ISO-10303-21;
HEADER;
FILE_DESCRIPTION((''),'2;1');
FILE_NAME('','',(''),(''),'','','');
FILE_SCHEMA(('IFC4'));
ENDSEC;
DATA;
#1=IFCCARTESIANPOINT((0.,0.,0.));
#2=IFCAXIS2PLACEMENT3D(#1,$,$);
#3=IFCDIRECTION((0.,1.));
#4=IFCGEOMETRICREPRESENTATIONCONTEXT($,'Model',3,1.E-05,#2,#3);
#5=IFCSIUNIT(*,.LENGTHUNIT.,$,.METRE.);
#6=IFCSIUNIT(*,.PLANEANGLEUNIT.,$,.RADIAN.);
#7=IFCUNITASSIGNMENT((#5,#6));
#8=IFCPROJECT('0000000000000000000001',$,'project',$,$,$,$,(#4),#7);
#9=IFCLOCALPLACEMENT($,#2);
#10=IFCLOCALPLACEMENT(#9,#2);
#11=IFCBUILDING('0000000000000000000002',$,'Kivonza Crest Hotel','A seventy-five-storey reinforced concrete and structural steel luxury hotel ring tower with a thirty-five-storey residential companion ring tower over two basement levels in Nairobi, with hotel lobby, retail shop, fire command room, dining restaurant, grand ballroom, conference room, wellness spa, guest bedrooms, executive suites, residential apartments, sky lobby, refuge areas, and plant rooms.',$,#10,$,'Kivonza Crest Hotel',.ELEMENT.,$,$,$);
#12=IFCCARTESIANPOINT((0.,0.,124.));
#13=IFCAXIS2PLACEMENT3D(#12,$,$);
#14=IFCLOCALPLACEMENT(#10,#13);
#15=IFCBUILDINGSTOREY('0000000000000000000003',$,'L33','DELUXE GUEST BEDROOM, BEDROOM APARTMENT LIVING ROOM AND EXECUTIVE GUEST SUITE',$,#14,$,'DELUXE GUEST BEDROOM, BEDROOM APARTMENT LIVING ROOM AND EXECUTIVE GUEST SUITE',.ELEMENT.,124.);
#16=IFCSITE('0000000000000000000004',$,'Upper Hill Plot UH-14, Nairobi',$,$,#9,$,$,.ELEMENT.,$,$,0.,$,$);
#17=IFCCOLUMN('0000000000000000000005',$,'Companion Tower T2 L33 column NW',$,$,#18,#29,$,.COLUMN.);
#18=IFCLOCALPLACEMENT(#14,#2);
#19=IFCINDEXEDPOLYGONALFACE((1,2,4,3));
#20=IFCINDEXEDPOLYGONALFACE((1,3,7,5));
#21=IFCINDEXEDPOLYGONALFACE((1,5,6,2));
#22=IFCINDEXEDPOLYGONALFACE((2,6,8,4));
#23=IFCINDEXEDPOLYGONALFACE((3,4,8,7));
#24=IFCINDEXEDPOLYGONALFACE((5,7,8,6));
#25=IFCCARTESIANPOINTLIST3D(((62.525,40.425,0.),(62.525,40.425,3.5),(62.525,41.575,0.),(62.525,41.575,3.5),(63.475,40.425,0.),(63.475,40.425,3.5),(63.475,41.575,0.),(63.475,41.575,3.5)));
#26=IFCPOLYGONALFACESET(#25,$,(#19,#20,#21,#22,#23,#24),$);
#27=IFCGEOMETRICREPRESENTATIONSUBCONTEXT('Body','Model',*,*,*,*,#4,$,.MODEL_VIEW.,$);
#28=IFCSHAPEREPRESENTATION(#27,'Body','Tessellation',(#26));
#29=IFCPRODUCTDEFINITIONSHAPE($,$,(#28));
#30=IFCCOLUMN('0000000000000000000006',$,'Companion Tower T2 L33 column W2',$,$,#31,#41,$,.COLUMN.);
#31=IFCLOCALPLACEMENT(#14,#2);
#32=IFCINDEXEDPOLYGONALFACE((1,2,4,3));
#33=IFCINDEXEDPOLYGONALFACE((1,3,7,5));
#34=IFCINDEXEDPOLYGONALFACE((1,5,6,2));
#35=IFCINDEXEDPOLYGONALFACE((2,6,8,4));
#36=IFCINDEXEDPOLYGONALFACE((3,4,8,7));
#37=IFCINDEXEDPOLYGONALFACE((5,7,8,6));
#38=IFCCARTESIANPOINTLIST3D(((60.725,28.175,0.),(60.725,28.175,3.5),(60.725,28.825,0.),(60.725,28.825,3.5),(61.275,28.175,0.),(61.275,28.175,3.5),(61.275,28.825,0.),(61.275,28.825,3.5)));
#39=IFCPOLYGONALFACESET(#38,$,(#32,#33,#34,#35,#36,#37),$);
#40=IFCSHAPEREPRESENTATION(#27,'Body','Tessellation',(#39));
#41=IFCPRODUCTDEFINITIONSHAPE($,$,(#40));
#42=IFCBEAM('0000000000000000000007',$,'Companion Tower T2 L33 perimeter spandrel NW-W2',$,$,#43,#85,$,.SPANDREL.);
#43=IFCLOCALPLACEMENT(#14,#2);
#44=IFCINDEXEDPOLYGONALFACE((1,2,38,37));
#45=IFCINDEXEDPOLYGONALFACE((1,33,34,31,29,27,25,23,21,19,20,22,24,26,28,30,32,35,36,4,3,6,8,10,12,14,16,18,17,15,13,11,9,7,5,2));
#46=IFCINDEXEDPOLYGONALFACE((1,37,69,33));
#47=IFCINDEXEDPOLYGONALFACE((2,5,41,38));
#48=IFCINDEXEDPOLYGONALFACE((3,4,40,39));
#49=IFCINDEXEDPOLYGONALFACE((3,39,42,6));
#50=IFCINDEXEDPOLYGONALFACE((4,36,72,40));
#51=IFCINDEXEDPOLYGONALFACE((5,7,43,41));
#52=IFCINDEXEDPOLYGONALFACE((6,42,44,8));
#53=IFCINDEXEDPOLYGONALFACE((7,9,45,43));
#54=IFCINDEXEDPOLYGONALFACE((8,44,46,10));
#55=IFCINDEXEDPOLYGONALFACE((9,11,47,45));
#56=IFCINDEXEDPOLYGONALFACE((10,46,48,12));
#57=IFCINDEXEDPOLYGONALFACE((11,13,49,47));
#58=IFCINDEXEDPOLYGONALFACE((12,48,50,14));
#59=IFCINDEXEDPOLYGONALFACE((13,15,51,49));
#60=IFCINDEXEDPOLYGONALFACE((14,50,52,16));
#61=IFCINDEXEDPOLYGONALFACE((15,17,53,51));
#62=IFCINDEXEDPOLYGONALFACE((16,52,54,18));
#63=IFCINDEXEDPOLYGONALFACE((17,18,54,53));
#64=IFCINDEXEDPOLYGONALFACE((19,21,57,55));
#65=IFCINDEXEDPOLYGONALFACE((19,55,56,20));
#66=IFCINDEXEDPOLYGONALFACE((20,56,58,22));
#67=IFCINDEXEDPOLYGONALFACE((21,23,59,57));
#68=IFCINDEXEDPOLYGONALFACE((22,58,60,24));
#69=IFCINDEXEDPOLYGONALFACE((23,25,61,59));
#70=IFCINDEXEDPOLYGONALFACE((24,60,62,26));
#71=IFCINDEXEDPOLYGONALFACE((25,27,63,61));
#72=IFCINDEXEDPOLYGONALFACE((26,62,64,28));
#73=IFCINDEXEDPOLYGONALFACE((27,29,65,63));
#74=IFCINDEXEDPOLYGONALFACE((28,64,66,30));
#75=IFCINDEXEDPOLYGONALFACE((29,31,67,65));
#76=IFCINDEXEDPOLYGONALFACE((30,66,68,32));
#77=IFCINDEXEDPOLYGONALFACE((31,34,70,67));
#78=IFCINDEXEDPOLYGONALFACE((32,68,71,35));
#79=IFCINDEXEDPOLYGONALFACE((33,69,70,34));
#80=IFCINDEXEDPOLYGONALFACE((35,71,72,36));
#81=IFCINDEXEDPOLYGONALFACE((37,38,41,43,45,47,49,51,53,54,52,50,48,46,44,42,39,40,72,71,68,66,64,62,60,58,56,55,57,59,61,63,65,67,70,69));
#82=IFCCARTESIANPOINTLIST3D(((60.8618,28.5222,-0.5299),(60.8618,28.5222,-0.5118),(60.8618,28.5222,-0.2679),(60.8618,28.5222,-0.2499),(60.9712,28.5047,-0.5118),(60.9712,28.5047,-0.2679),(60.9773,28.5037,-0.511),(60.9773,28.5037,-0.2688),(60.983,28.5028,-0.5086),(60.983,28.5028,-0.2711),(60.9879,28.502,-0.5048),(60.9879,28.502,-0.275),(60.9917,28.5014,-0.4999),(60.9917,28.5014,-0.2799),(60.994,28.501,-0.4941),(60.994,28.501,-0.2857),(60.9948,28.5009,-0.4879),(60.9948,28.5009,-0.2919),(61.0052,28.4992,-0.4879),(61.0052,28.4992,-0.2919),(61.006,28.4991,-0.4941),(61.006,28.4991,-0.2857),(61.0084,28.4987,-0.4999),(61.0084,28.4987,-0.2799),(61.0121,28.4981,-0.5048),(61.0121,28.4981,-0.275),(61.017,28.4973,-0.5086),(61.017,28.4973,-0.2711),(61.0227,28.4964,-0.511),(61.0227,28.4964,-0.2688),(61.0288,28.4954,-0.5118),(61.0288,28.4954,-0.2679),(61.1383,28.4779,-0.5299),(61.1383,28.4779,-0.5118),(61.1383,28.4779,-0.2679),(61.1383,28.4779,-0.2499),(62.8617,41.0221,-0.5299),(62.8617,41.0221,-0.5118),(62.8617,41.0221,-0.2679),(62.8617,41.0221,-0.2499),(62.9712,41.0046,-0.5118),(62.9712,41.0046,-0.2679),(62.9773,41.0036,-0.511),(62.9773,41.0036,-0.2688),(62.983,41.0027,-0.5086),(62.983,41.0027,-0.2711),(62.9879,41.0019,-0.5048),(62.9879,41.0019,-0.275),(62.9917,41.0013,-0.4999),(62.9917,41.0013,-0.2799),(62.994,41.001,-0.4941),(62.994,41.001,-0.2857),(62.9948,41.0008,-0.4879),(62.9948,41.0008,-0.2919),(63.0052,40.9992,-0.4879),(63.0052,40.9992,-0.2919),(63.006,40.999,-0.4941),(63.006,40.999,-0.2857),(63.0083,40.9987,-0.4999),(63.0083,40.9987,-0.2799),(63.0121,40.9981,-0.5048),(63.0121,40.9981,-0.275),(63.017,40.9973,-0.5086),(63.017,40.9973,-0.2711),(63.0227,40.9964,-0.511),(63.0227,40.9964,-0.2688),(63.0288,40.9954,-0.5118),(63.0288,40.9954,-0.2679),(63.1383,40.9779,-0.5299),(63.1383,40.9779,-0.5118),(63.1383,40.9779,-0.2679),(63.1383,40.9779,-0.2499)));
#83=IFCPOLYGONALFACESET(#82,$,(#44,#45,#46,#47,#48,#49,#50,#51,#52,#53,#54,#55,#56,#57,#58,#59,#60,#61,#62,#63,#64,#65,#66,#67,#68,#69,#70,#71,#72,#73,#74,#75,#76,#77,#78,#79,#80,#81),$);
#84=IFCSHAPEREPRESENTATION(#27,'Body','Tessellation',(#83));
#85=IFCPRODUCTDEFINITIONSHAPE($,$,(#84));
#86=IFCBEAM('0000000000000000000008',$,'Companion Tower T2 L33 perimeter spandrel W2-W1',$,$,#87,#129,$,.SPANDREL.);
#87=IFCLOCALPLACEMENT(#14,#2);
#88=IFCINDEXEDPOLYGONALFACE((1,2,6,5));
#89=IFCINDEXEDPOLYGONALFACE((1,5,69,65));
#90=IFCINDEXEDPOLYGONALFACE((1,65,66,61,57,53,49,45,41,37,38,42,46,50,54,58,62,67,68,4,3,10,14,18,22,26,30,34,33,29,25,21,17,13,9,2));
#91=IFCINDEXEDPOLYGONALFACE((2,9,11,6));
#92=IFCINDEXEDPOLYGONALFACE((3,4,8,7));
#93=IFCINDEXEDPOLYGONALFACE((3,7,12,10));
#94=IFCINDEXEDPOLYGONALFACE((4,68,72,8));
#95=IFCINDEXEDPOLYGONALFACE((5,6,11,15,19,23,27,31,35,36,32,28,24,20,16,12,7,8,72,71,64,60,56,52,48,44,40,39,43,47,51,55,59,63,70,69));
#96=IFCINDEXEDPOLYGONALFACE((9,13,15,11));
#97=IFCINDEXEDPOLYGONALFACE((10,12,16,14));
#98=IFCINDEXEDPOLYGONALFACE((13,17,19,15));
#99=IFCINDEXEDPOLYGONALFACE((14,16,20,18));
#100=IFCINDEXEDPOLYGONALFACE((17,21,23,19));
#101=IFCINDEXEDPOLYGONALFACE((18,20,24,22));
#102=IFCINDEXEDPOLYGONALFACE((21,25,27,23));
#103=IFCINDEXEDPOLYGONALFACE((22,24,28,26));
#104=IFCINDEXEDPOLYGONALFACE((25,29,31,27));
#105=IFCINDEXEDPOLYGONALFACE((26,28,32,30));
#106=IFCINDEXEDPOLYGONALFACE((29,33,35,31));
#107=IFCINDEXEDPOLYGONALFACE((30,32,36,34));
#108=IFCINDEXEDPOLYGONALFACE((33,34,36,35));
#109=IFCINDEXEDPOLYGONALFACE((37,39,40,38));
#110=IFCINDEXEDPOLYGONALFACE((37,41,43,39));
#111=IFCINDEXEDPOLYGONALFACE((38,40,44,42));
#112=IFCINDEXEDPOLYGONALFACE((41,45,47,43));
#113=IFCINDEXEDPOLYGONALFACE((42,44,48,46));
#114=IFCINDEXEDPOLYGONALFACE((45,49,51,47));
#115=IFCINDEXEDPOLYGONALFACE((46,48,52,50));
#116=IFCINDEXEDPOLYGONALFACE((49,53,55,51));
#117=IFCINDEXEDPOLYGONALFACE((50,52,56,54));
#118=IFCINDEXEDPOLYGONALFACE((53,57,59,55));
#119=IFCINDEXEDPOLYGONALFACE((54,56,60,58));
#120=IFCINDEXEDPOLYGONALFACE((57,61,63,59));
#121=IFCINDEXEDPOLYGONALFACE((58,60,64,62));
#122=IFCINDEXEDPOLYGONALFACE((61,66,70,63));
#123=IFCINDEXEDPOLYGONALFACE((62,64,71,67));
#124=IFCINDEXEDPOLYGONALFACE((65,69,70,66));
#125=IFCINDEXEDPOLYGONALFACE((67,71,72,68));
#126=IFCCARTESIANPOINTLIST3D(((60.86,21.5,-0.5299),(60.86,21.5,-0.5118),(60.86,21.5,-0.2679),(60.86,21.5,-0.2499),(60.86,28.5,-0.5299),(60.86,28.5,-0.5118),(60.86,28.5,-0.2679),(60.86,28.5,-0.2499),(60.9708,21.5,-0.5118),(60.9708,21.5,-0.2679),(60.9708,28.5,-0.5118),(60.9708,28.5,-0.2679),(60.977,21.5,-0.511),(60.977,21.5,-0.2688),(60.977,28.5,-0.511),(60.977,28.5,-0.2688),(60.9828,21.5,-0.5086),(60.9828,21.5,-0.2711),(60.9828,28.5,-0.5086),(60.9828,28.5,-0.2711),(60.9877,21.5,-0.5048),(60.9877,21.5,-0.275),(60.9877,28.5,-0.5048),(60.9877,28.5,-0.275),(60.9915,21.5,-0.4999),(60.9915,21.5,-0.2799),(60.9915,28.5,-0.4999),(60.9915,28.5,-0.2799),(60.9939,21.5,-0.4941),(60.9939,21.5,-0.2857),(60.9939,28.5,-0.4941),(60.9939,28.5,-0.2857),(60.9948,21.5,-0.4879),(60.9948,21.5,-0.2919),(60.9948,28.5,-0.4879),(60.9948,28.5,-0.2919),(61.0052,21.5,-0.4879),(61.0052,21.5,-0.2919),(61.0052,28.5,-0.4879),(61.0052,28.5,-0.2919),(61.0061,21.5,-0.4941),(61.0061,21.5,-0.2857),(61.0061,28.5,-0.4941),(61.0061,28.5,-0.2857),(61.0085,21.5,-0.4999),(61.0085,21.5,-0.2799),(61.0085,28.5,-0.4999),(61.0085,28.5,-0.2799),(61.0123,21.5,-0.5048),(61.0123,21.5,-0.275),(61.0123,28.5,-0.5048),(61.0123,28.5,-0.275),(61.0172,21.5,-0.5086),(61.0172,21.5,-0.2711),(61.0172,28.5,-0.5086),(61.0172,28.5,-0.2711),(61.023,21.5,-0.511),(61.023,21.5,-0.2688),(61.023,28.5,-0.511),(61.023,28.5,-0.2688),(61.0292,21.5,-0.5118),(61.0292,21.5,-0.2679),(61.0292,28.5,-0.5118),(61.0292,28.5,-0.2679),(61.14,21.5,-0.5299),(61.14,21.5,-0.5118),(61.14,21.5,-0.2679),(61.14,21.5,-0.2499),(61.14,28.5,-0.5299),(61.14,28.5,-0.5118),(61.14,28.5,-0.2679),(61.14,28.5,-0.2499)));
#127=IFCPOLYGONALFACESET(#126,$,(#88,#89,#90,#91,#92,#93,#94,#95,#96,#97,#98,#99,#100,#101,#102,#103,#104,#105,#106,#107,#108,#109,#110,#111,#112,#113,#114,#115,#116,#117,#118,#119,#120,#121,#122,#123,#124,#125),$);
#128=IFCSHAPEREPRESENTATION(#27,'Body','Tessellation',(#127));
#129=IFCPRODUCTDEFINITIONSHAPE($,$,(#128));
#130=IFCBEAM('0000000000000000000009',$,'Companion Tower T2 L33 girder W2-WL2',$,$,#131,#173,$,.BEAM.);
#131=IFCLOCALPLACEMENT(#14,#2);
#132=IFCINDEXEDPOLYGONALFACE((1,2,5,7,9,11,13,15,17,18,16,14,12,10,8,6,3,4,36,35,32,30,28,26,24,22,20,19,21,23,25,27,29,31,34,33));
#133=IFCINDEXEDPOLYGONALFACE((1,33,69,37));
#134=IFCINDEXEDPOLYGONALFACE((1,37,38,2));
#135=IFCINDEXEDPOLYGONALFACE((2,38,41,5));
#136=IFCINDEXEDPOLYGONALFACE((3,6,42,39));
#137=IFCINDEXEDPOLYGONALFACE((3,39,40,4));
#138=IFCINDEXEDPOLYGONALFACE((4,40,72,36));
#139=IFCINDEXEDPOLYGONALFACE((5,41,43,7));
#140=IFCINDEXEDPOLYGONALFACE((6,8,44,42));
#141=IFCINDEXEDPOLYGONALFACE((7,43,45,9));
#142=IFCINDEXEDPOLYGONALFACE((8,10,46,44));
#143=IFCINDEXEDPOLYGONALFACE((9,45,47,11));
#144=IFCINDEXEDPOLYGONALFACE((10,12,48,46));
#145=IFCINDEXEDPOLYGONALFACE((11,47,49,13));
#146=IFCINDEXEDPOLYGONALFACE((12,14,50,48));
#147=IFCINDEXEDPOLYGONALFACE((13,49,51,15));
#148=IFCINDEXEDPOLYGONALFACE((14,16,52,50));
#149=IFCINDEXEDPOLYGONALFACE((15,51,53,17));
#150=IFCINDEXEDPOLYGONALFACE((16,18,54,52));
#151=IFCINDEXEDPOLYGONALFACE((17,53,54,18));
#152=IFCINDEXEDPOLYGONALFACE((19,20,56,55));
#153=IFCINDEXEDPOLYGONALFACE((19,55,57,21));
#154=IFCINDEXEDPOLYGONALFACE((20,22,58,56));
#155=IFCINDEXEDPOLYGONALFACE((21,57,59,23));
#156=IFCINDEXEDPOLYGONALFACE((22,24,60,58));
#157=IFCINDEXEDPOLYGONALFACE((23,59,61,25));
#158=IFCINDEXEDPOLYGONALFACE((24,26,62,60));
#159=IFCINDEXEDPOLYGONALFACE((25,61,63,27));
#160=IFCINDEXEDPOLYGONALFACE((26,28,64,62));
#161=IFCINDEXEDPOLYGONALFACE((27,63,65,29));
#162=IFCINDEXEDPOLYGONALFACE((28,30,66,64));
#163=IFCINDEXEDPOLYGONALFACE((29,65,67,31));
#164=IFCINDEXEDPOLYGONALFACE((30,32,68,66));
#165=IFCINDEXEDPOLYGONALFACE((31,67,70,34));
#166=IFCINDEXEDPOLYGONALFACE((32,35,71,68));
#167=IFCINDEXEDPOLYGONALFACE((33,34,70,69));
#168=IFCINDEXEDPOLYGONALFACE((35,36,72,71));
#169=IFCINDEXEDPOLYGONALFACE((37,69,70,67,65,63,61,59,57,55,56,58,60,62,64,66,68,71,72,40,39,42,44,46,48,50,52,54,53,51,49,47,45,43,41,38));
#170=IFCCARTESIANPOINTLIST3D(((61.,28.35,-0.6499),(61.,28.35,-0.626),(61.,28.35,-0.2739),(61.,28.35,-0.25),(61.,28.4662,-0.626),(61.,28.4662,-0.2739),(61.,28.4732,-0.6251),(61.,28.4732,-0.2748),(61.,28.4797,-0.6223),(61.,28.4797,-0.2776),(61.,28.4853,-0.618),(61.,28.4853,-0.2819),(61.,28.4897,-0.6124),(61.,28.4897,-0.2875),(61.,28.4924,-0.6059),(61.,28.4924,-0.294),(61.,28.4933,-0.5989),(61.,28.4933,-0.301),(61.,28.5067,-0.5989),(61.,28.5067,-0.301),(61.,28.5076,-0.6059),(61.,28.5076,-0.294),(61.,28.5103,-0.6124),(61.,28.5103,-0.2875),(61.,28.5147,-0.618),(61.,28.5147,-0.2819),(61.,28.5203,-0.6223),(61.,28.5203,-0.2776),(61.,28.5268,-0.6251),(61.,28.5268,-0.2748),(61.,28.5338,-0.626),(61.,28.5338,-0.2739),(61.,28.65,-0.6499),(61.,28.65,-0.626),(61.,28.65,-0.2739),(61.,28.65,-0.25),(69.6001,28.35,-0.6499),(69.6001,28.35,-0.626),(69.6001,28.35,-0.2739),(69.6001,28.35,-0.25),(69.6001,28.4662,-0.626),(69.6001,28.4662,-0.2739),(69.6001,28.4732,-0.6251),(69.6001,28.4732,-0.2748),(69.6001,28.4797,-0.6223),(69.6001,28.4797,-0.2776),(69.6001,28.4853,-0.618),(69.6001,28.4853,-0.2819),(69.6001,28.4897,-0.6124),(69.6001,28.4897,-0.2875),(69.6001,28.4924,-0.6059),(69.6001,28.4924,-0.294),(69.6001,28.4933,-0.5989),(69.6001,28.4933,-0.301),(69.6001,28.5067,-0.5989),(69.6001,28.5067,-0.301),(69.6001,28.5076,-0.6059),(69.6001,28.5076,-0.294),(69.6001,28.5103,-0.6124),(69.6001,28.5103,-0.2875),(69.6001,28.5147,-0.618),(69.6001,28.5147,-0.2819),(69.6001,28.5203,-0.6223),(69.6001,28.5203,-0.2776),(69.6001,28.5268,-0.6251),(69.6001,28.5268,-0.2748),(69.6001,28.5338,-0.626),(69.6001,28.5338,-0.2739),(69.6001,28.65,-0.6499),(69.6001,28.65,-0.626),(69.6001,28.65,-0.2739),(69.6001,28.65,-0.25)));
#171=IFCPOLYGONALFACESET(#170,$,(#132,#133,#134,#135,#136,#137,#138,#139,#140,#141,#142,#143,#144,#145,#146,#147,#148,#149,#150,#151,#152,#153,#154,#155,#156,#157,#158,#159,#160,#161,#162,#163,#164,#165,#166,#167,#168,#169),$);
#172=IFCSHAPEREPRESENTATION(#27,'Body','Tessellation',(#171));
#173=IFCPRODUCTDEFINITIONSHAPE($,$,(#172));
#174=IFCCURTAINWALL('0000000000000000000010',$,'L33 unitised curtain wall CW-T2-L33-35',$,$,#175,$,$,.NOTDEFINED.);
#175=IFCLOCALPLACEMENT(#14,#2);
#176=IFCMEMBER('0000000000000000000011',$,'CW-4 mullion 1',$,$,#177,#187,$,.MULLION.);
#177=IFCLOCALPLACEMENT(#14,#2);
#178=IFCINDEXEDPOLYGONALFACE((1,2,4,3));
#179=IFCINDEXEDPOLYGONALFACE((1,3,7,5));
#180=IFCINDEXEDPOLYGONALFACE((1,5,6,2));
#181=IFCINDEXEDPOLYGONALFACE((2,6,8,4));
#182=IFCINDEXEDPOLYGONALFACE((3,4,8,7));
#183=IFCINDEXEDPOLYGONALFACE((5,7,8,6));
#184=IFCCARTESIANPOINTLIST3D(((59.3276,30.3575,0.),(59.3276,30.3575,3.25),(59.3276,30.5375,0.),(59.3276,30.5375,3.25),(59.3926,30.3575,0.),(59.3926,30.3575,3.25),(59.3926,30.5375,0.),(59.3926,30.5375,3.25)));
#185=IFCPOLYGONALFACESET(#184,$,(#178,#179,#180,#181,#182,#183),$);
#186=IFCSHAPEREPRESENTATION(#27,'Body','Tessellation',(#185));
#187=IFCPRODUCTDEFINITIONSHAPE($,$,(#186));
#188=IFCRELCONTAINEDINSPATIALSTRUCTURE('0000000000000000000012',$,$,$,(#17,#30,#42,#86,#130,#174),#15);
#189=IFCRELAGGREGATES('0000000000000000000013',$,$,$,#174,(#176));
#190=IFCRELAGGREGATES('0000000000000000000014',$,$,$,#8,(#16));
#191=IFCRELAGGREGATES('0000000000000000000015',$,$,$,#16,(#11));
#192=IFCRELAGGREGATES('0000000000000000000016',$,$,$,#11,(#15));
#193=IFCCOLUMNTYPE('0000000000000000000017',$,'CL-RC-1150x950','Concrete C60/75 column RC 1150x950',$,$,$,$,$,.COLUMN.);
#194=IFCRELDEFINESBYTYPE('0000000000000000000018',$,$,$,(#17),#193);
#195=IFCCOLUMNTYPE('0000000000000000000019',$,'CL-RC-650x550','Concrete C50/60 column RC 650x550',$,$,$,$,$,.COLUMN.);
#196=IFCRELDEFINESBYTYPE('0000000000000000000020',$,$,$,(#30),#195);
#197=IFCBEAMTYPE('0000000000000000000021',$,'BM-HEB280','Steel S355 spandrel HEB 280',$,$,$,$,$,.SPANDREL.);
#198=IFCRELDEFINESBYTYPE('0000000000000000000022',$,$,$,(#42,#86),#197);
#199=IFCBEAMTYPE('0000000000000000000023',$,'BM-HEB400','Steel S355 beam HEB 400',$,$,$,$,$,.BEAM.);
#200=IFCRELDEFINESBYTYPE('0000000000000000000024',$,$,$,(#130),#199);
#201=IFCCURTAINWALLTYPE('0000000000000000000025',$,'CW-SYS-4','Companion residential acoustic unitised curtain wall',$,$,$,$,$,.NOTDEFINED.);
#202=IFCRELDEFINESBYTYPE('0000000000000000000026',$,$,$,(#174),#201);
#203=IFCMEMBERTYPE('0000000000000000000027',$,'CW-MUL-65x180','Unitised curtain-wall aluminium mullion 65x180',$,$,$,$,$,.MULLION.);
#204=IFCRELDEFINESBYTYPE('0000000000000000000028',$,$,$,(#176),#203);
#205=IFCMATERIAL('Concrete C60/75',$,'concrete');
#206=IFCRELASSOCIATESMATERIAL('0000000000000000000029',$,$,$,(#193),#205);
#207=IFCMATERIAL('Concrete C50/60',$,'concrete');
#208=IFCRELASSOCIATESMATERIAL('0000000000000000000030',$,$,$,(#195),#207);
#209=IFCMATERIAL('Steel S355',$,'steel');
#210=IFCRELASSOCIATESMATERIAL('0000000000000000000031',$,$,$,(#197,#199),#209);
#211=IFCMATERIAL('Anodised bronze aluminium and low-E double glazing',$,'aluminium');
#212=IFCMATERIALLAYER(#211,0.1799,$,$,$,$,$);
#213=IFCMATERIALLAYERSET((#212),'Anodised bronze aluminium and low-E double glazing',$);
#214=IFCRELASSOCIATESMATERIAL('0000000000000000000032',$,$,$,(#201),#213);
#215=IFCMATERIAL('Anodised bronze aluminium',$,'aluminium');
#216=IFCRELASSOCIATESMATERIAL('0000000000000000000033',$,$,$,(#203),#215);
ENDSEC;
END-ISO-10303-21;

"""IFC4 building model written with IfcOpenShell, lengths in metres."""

from ifc_helpers import new_model, si_unit, direction, frame, origin, origin_2d, place, context, subcontext, project, spatial, rectangle, i_section, extrude, material, layer, layer_set, material_profile, profile_set, type_object, element, aggregate, save


model = new_model("IFC4")

# Units and contexts
model_context = context("Model", 3, precision=1e-05, world=origin(), true_north=direction((0.0, 1.0)))
body_context = subcontext(model_context, "Body", "Model", "MODEL_VIEW")
ifc_project = project(units=[si_unit("LENGTHUNIT", "METRE"), si_unit("PLANEANGLEUNIT", "RADIAN")], contexts=[model_context])

# Site, building, storey
site_placement = place(None, origin())
site = spatial("IfcSite", under=ifc_project, at=site_placement, Name="Upper Hill Plot UH-14, Nairobi", CompositionType="ELEMENT", RefElevation=0.0)
building_placement = place(site_placement, origin())
building = spatial("IfcBuilding", under=site, at=building_placement, Name="Kivonza Crest Hotel", Description="A seventy-five-storey reinforced concrete and structural steel luxury hotel ring tower with a thirty-five-storey residential companion ring tower over two basement levels in Nairobi, with hotel lobby, retail shop, fire command room, dining restaurant, grand ballroom, conference room, wellness spa, guest bedrooms, executive suites, residential apartments, sky lobby, refuge areas, and plant rooms.", LongName="Kivonza Crest Hotel", CompositionType="ELEMENT")
storey_placement = place(building_placement, frame((0.0, 0.0, 124.0)))
storey = spatial("IfcBuildingStorey", under=building, at=storey_placement, Name="L33", Description="DELUXE GUEST BEDROOM, BEDROOM APARTMENT LIVING ROOM AND EXECUTIVE GUEST SUITE", LongName="DELUXE GUEST BEDROOM, BEDROOM APARTMENT LIVING ROOM AND EXECUTIVE GUEST SUITE", CompositionType="ELEMENT", Elevation=124.0)

# Columns
ifc_material_1 = material(Name="Concrete C60/75", Category="concrete")
ifc_material_profile_1 = material_profile(ifc_material_1, rectangle(XDim=0.95, YDim=1.1499, at=origin_2d()), Name="RC 1150x950")
ifc_profile_set_1 = profile_set([ifc_material_profile_1], Name="Concrete C60/75")
column_type_1 = type_object("IfcColumnType", Name="CL-RC-1150x950", Description="Concrete C60/75 column RC 1150x950", PredefinedType="COLUMN", material=ifc_profile_set_1)
column_1_placement = place(storey_placement, frame((63.0, 41.0, 0.0), z_axis=(0.0, 0.0, 1.0), x_axis=(1.0, 0.0, 0.0)))
element("IfcColumn", 1, at=column_1_placement, inside=storey, type_object=column_type_1, Name="Companion Tower T2 L33 column NW", PredefinedType="COLUMN", context=body_context, shape_type="SweptSolid", body=[
    extrude(rectangle(XDim=0.95, YDim=1.1499, at=origin_2d()), origin(), (0.0, 0.0, 1.0), 3.5),
])
ifc_material_2 = material(Name="Concrete C50/60", Category="concrete")
ifc_material_profile_2 = material_profile(ifc_material_2, rectangle(XDim=0.55, YDim=0.6499, at=origin_2d()), Name="RC 650x550")
ifc_profile_set_2 = profile_set([ifc_material_profile_2], Name="Concrete C50/60")
column_type_2 = type_object("IfcColumnType", Name="CL-RC-650x550", Description="Concrete C50/60 column RC 650x550", PredefinedType="COLUMN", material=ifc_profile_set_2)
column_2_placement = place(storey_placement, frame((61.0, 28.5, 0.0), z_axis=(0.0, 0.0, 1.0), x_axis=(1.0, 0.0, 0.0)))
element("IfcColumn", 2, at=column_2_placement, inside=storey, type_object=column_type_2, Name="Companion Tower T2 L33 column W2", PredefinedType="COLUMN", context=body_context, shape_type="SweptSolid", body=[
    extrude(rectangle(XDim=0.55, YDim=0.6499, at=origin_2d()), origin(), (0.0, 0.0, 1.0), 3.5),
])

# Beams
ifc_material_3 = material(Name="Steel S355", Category="steel")
ifc_material_profile_3 = material_profile(ifc_material_3, i_section(OverallWidth=0.28, OverallDepth=0.28, WebThickness=0.0105, FlangeThickness=0.0181, FilletRadius=0.0239, at=origin_2d()), Name="HEB 280")
ifc_profile_set_3 = profile_set([ifc_material_profile_3], Name="Steel S355")
beam_type_1 = type_object("IfcBeamType", Name="BM-HEB280", Description="Steel S355 spandrel HEB 280", PredefinedType="SPANDREL", material=ifc_profile_set_3)
beam_1_placement = place(storey_placement, frame((63.0, 41.0, -0.3899), z_axis=(-0.157991, -0.987441, 0.0), x_axis=(0.987441, -0.157991, 0.0)))
element("IfcBeam", 3, at=beam_1_placement, inside=storey, type_object=beam_type_1, Name="Companion Tower T2 L33 perimeter spandrel NW-W2", PredefinedType="SPANDREL", context=body_context, shape_type="SweptSolid", body=[
    extrude(i_section(OverallWidth=0.28, OverallDepth=0.28, WebThickness=0.0105, FlangeThickness=0.0181, FilletRadius=0.0239, at=origin_2d()), origin(), (0.0, 0.0, 1.0), 12.6589),
])
beam_2_placement = place(storey_placement, frame((61.0, 28.5, -0.3899), z_axis=(0.0, -1.0, 0.0), x_axis=(1.0, 0.0, 0.0)))
element("IfcBeam", 4, at=beam_2_placement, inside=storey, type_object=beam_type_1, Name="Companion Tower T2 L33 perimeter spandrel W2-W1", PredefinedType="SPANDREL", context=body_context, shape_type="SweptSolid", body=[
    extrude(i_section(OverallWidth=0.28, OverallDepth=0.28, WebThickness=0.0105, FlangeThickness=0.0181, FilletRadius=0.0239, at=origin_2d()), origin(), (0.0, 0.0, 1.0), 7.0),
])
ifc_material_profile_4 = material_profile(ifc_material_3, i_section(OverallWidth=0.3, OverallDepth=0.3999, WebThickness=0.0134, FlangeThickness=0.0239, FilletRadius=0.0271, at=origin_2d()), Name="HEB 400")
ifc_profile_set_4 = profile_set([ifc_material_profile_4], Name="Steel S355")
beam_type_2 = type_object("IfcBeamType", Name="BM-HEB400", Description="Steel S355 beam HEB 400", PredefinedType="BEAM", material=ifc_profile_set_4)
beam_3_placement = place(storey_placement, frame((61.0, 28.5, -0.45), z_axis=(1.0, 0.0, 0.0), x_axis=(0.0, 1.0, 0.0)))
element("IfcBeam", 5, at=beam_3_placement, inside=storey, type_object=beam_type_2, Name="Companion Tower T2 L33 girder W2-WL2", PredefinedType="BEAM", context=body_context, shape_type="SweptSolid", body=[
    extrude(i_section(OverallWidth=0.3, OverallDepth=0.3999, WebThickness=0.0134, FlangeThickness=0.0239, FilletRadius=0.0271, at=origin_2d()), origin(), (0.0, 0.0, 1.0), 8.6001),
])

# Curtain wall, member
ifc_material_4 = material(Name="Anodised bronze aluminium and low-E double glazing", Category="aluminium")
ifc_layer_1 = layer(ifc_material_4, 0.1799)
ifc_layer_set_1 = layer_set([ifc_layer_1], Name="Anodised bronze aluminium and low-E double glazing")
curtain_wall_type_1 = type_object("IfcCurtainWallType", Name="CW-SYS-4", Description="Companion residential acoustic unitised curtain wall", PredefinedType="NOTDEFINED", material=ifc_layer_set_1)
curtain_wall_1_placement = place(storey_placement, origin())
curtain_wall_1 = element("IfcCurtainWall", 6, at=curtain_wall_1_placement, inside=storey, type_object=curtain_wall_type_1, Name="L33 unitised curtain wall CW-T2-L33-35", PredefinedType="NOTDEFINED")
ifc_material_5 = material(Name="Anodised bronze aluminium", Category="aluminium")
ifc_material_profile_5 = material_profile(ifc_material_5, rectangle(XDim=0.0649, YDim=0.1799, at=origin_2d()), Name="CW-M 65x180")
ifc_profile_set_5 = profile_set([ifc_material_profile_5], Name="Anodised bronze aluminium")
member_type_1 = type_object("IfcMemberType", Name="CW-MUL-65x180", Description="Unitised curtain-wall aluminium mullion 65x180", PredefinedType="MULLION", material=ifc_profile_set_5)
member_1_placement = place(storey_placement, frame((59.3601, 30.4475, 0.0), z_axis=(0.0, 0.0, 1.0), x_axis=(1.0, 0.0, 0.0)))
member_1 = element("IfcMember", 7, at=member_1_placement, type_object=member_type_1, Name="CW-4 mullion 1", PredefinedType="MULLION", context=body_context, shape_type="SweptSolid", body=[
    extrude(rectangle(XDim=0.0649, YDim=0.1799, at=origin_2d()), origin(), (0.0, 0.0, 1.0), 3.25),
])

aggregate(curtain_wall_1, [member_1])

save(model, "model.ifc")
